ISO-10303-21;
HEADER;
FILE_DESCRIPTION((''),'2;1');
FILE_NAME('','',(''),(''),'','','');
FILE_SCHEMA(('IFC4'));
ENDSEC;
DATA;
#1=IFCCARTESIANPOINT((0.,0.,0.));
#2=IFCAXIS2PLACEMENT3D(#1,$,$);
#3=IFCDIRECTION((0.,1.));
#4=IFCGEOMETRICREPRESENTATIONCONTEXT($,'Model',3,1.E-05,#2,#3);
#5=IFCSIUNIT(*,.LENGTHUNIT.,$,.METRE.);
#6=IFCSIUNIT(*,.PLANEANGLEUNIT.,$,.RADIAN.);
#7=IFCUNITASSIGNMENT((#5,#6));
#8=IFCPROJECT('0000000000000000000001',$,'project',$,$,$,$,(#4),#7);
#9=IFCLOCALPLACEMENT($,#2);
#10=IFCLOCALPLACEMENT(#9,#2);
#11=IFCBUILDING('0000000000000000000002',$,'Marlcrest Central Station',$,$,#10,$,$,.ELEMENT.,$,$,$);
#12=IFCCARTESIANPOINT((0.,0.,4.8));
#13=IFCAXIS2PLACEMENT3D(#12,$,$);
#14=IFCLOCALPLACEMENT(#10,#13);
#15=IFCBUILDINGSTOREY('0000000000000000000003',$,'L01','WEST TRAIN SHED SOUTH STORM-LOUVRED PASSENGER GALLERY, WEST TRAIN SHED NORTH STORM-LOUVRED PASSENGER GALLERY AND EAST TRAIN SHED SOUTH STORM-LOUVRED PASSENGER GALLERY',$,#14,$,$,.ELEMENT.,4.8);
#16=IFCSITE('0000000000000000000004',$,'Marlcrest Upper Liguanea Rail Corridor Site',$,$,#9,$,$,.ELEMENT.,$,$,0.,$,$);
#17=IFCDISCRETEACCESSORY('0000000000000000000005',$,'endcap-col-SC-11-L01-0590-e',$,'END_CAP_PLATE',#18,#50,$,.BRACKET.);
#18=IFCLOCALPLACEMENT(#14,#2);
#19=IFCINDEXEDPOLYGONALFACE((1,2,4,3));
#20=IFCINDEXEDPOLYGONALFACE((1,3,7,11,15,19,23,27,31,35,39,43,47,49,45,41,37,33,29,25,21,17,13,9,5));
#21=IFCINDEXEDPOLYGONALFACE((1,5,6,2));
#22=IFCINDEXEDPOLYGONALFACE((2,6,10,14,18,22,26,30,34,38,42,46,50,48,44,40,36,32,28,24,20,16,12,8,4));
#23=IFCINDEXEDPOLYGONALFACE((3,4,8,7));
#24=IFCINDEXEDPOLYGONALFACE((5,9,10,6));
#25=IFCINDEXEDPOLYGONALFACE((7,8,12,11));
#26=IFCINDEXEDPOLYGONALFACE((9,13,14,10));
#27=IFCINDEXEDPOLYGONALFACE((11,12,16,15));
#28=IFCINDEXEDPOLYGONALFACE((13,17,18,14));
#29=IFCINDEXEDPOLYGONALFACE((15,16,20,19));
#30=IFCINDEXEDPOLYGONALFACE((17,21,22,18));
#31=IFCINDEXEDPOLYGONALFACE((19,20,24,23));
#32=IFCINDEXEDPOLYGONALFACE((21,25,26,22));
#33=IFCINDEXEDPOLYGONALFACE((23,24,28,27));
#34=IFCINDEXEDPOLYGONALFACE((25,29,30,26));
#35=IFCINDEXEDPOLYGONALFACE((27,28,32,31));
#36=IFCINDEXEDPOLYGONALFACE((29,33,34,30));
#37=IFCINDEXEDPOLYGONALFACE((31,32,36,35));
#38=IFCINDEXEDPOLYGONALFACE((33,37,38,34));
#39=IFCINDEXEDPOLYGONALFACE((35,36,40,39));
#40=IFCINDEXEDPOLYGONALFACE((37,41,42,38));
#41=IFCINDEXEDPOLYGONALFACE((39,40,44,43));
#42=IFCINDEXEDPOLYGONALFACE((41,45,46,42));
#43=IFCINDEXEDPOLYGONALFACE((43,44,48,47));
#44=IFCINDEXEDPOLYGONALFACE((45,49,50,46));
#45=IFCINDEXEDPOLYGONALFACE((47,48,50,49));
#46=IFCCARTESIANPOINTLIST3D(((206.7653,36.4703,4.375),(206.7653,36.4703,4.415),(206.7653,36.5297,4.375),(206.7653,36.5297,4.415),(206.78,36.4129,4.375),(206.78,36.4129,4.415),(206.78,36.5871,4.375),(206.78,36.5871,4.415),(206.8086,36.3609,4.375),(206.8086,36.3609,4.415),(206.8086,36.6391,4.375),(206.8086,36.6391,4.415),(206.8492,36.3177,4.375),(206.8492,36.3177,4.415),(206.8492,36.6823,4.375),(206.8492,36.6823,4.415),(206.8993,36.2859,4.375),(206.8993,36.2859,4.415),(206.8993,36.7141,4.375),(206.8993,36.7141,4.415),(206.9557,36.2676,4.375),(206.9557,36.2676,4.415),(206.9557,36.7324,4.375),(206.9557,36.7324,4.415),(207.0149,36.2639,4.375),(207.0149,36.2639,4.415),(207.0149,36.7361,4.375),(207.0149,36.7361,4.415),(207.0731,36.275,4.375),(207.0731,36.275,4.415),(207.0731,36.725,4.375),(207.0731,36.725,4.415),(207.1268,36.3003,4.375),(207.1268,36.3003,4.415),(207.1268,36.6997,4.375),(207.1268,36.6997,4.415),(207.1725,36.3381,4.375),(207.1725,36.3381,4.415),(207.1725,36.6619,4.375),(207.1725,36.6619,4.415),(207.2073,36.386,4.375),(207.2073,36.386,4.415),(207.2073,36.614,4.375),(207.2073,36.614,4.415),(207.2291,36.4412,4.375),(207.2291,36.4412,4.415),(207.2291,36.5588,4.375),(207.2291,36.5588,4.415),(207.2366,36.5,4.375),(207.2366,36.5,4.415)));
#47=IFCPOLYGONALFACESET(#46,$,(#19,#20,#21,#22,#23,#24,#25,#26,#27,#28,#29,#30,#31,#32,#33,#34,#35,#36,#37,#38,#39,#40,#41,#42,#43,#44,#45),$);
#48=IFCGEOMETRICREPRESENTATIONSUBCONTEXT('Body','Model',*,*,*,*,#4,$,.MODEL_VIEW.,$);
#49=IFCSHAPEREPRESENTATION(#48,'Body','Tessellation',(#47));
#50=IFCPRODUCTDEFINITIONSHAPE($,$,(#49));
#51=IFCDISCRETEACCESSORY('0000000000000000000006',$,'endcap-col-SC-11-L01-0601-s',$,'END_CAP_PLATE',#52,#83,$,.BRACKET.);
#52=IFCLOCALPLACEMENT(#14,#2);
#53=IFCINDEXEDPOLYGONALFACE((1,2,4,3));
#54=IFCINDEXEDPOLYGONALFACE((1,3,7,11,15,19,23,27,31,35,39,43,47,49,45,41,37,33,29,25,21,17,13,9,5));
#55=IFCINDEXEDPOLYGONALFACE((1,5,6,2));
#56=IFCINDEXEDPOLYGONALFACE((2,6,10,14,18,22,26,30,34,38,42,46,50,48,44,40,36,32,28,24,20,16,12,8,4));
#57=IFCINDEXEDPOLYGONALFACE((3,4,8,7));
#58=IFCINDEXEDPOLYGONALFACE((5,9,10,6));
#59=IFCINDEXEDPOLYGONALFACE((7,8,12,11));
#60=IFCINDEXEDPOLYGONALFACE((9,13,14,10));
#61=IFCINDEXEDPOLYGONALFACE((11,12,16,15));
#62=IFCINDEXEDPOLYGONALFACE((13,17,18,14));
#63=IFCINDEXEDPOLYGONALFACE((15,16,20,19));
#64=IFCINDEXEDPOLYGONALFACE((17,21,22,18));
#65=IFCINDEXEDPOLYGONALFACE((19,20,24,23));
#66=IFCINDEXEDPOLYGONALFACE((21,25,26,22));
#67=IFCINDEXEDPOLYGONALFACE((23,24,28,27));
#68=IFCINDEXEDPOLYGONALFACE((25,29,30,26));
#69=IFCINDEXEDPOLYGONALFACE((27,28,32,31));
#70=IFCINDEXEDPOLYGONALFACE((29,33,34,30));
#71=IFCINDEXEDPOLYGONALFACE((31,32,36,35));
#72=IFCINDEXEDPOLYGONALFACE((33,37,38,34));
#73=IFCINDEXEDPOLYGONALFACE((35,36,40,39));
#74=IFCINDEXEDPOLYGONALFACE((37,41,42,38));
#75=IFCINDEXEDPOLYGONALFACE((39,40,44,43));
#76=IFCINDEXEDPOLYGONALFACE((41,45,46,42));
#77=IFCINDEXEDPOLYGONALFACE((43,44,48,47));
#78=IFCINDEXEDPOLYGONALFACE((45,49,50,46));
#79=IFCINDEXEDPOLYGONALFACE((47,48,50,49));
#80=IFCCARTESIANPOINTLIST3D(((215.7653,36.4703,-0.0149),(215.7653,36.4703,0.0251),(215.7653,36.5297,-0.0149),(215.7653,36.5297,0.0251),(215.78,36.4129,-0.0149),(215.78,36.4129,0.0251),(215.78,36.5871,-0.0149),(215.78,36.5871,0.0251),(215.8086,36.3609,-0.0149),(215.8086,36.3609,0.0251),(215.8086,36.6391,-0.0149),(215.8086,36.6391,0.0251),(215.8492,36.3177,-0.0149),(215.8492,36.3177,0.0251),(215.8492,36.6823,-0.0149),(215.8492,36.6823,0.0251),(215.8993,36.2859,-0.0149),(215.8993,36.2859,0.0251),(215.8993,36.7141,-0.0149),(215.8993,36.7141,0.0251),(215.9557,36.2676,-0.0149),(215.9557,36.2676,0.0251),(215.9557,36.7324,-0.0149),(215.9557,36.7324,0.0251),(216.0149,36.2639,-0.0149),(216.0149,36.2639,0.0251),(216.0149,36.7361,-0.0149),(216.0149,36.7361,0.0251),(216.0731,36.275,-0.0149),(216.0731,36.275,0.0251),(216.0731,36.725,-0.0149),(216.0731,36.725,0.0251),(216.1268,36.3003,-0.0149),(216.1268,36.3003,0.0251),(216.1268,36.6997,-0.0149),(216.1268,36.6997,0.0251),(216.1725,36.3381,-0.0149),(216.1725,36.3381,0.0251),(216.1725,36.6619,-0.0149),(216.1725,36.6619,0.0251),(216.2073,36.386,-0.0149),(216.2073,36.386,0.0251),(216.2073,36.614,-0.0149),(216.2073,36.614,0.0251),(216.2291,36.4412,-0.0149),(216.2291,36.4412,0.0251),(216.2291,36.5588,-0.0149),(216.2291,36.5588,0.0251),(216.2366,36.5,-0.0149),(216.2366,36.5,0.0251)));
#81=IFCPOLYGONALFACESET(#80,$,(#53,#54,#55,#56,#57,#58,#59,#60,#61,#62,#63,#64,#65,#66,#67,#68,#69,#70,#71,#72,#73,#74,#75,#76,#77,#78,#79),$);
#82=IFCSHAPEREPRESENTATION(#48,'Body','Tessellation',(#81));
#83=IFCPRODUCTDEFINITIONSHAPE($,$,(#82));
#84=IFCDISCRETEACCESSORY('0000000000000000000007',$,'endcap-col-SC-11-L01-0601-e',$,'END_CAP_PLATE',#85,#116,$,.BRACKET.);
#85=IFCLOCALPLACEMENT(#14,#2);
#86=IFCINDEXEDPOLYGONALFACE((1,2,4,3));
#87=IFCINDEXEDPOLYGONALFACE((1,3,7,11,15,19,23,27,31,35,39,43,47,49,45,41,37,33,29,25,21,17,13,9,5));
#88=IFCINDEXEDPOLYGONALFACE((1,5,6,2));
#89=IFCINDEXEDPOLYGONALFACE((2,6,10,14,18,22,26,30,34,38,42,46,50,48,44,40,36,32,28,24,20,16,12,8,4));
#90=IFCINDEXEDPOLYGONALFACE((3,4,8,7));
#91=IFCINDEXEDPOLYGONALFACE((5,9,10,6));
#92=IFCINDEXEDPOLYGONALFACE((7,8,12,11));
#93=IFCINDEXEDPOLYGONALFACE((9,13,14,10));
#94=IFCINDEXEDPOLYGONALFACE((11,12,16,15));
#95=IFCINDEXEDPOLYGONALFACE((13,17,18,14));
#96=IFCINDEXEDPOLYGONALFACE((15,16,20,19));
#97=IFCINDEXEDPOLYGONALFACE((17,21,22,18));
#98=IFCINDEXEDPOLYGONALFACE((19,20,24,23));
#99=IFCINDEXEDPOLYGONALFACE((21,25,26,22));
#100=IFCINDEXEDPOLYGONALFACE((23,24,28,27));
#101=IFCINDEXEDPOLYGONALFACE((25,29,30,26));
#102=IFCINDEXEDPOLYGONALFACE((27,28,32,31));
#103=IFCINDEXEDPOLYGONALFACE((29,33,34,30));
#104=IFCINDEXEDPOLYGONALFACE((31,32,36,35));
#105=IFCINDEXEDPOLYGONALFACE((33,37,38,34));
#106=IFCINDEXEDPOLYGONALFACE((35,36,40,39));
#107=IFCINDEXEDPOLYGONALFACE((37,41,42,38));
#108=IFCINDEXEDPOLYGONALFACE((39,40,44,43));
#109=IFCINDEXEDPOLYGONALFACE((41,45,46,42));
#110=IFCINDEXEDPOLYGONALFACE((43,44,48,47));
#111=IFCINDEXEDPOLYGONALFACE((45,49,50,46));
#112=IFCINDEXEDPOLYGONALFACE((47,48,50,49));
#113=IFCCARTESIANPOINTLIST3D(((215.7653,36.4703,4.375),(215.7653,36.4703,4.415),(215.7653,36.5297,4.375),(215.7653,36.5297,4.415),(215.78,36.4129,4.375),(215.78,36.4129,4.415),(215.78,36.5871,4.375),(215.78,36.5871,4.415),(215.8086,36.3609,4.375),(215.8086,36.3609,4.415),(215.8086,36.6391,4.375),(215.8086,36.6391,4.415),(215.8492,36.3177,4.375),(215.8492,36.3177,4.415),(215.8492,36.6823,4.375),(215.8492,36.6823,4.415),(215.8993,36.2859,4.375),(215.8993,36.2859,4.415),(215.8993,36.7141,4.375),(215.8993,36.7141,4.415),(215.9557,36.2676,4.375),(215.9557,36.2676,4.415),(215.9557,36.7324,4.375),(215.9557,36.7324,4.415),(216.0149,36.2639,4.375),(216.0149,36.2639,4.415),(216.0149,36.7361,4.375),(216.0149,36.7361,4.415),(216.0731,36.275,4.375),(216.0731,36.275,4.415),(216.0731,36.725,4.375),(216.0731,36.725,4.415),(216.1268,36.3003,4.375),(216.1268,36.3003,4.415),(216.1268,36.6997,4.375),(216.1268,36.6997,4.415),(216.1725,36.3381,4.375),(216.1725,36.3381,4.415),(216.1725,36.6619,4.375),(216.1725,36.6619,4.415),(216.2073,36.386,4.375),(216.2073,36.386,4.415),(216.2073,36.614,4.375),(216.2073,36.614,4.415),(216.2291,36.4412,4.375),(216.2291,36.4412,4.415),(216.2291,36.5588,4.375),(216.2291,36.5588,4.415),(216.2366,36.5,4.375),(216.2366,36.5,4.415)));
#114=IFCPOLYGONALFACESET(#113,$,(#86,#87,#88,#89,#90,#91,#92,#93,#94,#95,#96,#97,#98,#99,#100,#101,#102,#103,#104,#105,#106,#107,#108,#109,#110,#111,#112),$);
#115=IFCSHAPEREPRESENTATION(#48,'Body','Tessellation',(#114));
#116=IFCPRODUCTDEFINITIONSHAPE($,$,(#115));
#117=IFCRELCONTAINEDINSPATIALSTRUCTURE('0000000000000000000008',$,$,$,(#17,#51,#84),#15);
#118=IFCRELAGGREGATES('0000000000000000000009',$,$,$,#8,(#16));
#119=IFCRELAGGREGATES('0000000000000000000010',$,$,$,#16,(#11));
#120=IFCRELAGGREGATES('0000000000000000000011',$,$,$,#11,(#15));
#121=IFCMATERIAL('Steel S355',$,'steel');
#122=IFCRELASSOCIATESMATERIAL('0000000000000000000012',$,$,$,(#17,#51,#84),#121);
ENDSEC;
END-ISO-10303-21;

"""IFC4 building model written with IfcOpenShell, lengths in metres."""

from ifc_helpers import new_model, si_unit, direction, frame, origin, origin_2d, place, context, subcontext, project, spatial, circle, extrude, material, element, save


model = new_model("IFC4")

# Units and contexts
model_context = context("Model", 3, precision=1e-05, world=origin(), true_north=direction((0.0, 1.0)))
body_context = subcontext(model_context, "Body", "Model", "MODEL_VIEW")
ifc_project = project(units=[si_unit("LENGTHUNIT", "METRE"), si_unit("PLANEANGLEUNIT", "RADIAN")], contexts=[model_context])

# Site, building, storey
site_placement = place(None, origin())
site = spatial("IfcSite", under=ifc_project, at=site_placement, Name="Marlcrest Upper Liguanea Rail Corridor Site", CompositionType="ELEMENT", RefElevation=0.0)
building_placement = place(site_placement, origin())
building = spatial("IfcBuilding", under=site, at=building_placement, Name="Marlcrest Central Station", CompositionType="ELEMENT")
storey_placement = place(building_placement, frame((0.0, 0.0, 4.8)))
storey = spatial("IfcBuildingStorey", under=building, at=storey_placement, Name="L01", Description="WEST TRAIN SHED SOUTH STORM-LOUVRED PASSENGER GALLERY, WEST TRAIN SHED NORTH STORM-LOUVRED PASSENGER GALLERY AND EAST TRAIN SHED SOUTH STORM-LOUVRED PASSENGER GALLERY", CompositionType="ELEMENT", Elevation=4.8)

# Shared definitions
ifc_material_1 = material(Name="Steel S355", Category="steel")

# Discrete accessories
for number, where, z_axis, x_axis, name in (
    (1, (207.0, 36.5, 4.375), (0.0, 0.0, 1.0), (1.0, 0.0, 0.0), "endcap-col-SC-11-L01-0590-e"),
    (2, (216.0, 36.5, -0.0149), (0.0, 0.0, 1.0), (1.0, 0.0, 0.0), "endcap-col-SC-11-L01-0601-s"),
    (3, (216.0, 36.5, 4.375), (0.0, 0.0, 1.0), (1.0, 0.0, 0.0), "endcap-col-SC-11-L01-0601-e"),
):
    element("IfcDiscreteAccessory", number, at=place(storey_placement, frame(where, z_axis=z_axis, x_axis=x_axis)), inside=storey, material=ifc_material_1, Name=name, ObjectType="END_CAP_PLATE", PredefinedType="BRACKET", context=body_context, shape_type="SweptSolid", body=[
        extrude(circle(Radius=0.2366, at=origin_2d()), origin(), (0.0, 0.0, 1.0), 0.04),
    ])

save(model, "model.ifc")
